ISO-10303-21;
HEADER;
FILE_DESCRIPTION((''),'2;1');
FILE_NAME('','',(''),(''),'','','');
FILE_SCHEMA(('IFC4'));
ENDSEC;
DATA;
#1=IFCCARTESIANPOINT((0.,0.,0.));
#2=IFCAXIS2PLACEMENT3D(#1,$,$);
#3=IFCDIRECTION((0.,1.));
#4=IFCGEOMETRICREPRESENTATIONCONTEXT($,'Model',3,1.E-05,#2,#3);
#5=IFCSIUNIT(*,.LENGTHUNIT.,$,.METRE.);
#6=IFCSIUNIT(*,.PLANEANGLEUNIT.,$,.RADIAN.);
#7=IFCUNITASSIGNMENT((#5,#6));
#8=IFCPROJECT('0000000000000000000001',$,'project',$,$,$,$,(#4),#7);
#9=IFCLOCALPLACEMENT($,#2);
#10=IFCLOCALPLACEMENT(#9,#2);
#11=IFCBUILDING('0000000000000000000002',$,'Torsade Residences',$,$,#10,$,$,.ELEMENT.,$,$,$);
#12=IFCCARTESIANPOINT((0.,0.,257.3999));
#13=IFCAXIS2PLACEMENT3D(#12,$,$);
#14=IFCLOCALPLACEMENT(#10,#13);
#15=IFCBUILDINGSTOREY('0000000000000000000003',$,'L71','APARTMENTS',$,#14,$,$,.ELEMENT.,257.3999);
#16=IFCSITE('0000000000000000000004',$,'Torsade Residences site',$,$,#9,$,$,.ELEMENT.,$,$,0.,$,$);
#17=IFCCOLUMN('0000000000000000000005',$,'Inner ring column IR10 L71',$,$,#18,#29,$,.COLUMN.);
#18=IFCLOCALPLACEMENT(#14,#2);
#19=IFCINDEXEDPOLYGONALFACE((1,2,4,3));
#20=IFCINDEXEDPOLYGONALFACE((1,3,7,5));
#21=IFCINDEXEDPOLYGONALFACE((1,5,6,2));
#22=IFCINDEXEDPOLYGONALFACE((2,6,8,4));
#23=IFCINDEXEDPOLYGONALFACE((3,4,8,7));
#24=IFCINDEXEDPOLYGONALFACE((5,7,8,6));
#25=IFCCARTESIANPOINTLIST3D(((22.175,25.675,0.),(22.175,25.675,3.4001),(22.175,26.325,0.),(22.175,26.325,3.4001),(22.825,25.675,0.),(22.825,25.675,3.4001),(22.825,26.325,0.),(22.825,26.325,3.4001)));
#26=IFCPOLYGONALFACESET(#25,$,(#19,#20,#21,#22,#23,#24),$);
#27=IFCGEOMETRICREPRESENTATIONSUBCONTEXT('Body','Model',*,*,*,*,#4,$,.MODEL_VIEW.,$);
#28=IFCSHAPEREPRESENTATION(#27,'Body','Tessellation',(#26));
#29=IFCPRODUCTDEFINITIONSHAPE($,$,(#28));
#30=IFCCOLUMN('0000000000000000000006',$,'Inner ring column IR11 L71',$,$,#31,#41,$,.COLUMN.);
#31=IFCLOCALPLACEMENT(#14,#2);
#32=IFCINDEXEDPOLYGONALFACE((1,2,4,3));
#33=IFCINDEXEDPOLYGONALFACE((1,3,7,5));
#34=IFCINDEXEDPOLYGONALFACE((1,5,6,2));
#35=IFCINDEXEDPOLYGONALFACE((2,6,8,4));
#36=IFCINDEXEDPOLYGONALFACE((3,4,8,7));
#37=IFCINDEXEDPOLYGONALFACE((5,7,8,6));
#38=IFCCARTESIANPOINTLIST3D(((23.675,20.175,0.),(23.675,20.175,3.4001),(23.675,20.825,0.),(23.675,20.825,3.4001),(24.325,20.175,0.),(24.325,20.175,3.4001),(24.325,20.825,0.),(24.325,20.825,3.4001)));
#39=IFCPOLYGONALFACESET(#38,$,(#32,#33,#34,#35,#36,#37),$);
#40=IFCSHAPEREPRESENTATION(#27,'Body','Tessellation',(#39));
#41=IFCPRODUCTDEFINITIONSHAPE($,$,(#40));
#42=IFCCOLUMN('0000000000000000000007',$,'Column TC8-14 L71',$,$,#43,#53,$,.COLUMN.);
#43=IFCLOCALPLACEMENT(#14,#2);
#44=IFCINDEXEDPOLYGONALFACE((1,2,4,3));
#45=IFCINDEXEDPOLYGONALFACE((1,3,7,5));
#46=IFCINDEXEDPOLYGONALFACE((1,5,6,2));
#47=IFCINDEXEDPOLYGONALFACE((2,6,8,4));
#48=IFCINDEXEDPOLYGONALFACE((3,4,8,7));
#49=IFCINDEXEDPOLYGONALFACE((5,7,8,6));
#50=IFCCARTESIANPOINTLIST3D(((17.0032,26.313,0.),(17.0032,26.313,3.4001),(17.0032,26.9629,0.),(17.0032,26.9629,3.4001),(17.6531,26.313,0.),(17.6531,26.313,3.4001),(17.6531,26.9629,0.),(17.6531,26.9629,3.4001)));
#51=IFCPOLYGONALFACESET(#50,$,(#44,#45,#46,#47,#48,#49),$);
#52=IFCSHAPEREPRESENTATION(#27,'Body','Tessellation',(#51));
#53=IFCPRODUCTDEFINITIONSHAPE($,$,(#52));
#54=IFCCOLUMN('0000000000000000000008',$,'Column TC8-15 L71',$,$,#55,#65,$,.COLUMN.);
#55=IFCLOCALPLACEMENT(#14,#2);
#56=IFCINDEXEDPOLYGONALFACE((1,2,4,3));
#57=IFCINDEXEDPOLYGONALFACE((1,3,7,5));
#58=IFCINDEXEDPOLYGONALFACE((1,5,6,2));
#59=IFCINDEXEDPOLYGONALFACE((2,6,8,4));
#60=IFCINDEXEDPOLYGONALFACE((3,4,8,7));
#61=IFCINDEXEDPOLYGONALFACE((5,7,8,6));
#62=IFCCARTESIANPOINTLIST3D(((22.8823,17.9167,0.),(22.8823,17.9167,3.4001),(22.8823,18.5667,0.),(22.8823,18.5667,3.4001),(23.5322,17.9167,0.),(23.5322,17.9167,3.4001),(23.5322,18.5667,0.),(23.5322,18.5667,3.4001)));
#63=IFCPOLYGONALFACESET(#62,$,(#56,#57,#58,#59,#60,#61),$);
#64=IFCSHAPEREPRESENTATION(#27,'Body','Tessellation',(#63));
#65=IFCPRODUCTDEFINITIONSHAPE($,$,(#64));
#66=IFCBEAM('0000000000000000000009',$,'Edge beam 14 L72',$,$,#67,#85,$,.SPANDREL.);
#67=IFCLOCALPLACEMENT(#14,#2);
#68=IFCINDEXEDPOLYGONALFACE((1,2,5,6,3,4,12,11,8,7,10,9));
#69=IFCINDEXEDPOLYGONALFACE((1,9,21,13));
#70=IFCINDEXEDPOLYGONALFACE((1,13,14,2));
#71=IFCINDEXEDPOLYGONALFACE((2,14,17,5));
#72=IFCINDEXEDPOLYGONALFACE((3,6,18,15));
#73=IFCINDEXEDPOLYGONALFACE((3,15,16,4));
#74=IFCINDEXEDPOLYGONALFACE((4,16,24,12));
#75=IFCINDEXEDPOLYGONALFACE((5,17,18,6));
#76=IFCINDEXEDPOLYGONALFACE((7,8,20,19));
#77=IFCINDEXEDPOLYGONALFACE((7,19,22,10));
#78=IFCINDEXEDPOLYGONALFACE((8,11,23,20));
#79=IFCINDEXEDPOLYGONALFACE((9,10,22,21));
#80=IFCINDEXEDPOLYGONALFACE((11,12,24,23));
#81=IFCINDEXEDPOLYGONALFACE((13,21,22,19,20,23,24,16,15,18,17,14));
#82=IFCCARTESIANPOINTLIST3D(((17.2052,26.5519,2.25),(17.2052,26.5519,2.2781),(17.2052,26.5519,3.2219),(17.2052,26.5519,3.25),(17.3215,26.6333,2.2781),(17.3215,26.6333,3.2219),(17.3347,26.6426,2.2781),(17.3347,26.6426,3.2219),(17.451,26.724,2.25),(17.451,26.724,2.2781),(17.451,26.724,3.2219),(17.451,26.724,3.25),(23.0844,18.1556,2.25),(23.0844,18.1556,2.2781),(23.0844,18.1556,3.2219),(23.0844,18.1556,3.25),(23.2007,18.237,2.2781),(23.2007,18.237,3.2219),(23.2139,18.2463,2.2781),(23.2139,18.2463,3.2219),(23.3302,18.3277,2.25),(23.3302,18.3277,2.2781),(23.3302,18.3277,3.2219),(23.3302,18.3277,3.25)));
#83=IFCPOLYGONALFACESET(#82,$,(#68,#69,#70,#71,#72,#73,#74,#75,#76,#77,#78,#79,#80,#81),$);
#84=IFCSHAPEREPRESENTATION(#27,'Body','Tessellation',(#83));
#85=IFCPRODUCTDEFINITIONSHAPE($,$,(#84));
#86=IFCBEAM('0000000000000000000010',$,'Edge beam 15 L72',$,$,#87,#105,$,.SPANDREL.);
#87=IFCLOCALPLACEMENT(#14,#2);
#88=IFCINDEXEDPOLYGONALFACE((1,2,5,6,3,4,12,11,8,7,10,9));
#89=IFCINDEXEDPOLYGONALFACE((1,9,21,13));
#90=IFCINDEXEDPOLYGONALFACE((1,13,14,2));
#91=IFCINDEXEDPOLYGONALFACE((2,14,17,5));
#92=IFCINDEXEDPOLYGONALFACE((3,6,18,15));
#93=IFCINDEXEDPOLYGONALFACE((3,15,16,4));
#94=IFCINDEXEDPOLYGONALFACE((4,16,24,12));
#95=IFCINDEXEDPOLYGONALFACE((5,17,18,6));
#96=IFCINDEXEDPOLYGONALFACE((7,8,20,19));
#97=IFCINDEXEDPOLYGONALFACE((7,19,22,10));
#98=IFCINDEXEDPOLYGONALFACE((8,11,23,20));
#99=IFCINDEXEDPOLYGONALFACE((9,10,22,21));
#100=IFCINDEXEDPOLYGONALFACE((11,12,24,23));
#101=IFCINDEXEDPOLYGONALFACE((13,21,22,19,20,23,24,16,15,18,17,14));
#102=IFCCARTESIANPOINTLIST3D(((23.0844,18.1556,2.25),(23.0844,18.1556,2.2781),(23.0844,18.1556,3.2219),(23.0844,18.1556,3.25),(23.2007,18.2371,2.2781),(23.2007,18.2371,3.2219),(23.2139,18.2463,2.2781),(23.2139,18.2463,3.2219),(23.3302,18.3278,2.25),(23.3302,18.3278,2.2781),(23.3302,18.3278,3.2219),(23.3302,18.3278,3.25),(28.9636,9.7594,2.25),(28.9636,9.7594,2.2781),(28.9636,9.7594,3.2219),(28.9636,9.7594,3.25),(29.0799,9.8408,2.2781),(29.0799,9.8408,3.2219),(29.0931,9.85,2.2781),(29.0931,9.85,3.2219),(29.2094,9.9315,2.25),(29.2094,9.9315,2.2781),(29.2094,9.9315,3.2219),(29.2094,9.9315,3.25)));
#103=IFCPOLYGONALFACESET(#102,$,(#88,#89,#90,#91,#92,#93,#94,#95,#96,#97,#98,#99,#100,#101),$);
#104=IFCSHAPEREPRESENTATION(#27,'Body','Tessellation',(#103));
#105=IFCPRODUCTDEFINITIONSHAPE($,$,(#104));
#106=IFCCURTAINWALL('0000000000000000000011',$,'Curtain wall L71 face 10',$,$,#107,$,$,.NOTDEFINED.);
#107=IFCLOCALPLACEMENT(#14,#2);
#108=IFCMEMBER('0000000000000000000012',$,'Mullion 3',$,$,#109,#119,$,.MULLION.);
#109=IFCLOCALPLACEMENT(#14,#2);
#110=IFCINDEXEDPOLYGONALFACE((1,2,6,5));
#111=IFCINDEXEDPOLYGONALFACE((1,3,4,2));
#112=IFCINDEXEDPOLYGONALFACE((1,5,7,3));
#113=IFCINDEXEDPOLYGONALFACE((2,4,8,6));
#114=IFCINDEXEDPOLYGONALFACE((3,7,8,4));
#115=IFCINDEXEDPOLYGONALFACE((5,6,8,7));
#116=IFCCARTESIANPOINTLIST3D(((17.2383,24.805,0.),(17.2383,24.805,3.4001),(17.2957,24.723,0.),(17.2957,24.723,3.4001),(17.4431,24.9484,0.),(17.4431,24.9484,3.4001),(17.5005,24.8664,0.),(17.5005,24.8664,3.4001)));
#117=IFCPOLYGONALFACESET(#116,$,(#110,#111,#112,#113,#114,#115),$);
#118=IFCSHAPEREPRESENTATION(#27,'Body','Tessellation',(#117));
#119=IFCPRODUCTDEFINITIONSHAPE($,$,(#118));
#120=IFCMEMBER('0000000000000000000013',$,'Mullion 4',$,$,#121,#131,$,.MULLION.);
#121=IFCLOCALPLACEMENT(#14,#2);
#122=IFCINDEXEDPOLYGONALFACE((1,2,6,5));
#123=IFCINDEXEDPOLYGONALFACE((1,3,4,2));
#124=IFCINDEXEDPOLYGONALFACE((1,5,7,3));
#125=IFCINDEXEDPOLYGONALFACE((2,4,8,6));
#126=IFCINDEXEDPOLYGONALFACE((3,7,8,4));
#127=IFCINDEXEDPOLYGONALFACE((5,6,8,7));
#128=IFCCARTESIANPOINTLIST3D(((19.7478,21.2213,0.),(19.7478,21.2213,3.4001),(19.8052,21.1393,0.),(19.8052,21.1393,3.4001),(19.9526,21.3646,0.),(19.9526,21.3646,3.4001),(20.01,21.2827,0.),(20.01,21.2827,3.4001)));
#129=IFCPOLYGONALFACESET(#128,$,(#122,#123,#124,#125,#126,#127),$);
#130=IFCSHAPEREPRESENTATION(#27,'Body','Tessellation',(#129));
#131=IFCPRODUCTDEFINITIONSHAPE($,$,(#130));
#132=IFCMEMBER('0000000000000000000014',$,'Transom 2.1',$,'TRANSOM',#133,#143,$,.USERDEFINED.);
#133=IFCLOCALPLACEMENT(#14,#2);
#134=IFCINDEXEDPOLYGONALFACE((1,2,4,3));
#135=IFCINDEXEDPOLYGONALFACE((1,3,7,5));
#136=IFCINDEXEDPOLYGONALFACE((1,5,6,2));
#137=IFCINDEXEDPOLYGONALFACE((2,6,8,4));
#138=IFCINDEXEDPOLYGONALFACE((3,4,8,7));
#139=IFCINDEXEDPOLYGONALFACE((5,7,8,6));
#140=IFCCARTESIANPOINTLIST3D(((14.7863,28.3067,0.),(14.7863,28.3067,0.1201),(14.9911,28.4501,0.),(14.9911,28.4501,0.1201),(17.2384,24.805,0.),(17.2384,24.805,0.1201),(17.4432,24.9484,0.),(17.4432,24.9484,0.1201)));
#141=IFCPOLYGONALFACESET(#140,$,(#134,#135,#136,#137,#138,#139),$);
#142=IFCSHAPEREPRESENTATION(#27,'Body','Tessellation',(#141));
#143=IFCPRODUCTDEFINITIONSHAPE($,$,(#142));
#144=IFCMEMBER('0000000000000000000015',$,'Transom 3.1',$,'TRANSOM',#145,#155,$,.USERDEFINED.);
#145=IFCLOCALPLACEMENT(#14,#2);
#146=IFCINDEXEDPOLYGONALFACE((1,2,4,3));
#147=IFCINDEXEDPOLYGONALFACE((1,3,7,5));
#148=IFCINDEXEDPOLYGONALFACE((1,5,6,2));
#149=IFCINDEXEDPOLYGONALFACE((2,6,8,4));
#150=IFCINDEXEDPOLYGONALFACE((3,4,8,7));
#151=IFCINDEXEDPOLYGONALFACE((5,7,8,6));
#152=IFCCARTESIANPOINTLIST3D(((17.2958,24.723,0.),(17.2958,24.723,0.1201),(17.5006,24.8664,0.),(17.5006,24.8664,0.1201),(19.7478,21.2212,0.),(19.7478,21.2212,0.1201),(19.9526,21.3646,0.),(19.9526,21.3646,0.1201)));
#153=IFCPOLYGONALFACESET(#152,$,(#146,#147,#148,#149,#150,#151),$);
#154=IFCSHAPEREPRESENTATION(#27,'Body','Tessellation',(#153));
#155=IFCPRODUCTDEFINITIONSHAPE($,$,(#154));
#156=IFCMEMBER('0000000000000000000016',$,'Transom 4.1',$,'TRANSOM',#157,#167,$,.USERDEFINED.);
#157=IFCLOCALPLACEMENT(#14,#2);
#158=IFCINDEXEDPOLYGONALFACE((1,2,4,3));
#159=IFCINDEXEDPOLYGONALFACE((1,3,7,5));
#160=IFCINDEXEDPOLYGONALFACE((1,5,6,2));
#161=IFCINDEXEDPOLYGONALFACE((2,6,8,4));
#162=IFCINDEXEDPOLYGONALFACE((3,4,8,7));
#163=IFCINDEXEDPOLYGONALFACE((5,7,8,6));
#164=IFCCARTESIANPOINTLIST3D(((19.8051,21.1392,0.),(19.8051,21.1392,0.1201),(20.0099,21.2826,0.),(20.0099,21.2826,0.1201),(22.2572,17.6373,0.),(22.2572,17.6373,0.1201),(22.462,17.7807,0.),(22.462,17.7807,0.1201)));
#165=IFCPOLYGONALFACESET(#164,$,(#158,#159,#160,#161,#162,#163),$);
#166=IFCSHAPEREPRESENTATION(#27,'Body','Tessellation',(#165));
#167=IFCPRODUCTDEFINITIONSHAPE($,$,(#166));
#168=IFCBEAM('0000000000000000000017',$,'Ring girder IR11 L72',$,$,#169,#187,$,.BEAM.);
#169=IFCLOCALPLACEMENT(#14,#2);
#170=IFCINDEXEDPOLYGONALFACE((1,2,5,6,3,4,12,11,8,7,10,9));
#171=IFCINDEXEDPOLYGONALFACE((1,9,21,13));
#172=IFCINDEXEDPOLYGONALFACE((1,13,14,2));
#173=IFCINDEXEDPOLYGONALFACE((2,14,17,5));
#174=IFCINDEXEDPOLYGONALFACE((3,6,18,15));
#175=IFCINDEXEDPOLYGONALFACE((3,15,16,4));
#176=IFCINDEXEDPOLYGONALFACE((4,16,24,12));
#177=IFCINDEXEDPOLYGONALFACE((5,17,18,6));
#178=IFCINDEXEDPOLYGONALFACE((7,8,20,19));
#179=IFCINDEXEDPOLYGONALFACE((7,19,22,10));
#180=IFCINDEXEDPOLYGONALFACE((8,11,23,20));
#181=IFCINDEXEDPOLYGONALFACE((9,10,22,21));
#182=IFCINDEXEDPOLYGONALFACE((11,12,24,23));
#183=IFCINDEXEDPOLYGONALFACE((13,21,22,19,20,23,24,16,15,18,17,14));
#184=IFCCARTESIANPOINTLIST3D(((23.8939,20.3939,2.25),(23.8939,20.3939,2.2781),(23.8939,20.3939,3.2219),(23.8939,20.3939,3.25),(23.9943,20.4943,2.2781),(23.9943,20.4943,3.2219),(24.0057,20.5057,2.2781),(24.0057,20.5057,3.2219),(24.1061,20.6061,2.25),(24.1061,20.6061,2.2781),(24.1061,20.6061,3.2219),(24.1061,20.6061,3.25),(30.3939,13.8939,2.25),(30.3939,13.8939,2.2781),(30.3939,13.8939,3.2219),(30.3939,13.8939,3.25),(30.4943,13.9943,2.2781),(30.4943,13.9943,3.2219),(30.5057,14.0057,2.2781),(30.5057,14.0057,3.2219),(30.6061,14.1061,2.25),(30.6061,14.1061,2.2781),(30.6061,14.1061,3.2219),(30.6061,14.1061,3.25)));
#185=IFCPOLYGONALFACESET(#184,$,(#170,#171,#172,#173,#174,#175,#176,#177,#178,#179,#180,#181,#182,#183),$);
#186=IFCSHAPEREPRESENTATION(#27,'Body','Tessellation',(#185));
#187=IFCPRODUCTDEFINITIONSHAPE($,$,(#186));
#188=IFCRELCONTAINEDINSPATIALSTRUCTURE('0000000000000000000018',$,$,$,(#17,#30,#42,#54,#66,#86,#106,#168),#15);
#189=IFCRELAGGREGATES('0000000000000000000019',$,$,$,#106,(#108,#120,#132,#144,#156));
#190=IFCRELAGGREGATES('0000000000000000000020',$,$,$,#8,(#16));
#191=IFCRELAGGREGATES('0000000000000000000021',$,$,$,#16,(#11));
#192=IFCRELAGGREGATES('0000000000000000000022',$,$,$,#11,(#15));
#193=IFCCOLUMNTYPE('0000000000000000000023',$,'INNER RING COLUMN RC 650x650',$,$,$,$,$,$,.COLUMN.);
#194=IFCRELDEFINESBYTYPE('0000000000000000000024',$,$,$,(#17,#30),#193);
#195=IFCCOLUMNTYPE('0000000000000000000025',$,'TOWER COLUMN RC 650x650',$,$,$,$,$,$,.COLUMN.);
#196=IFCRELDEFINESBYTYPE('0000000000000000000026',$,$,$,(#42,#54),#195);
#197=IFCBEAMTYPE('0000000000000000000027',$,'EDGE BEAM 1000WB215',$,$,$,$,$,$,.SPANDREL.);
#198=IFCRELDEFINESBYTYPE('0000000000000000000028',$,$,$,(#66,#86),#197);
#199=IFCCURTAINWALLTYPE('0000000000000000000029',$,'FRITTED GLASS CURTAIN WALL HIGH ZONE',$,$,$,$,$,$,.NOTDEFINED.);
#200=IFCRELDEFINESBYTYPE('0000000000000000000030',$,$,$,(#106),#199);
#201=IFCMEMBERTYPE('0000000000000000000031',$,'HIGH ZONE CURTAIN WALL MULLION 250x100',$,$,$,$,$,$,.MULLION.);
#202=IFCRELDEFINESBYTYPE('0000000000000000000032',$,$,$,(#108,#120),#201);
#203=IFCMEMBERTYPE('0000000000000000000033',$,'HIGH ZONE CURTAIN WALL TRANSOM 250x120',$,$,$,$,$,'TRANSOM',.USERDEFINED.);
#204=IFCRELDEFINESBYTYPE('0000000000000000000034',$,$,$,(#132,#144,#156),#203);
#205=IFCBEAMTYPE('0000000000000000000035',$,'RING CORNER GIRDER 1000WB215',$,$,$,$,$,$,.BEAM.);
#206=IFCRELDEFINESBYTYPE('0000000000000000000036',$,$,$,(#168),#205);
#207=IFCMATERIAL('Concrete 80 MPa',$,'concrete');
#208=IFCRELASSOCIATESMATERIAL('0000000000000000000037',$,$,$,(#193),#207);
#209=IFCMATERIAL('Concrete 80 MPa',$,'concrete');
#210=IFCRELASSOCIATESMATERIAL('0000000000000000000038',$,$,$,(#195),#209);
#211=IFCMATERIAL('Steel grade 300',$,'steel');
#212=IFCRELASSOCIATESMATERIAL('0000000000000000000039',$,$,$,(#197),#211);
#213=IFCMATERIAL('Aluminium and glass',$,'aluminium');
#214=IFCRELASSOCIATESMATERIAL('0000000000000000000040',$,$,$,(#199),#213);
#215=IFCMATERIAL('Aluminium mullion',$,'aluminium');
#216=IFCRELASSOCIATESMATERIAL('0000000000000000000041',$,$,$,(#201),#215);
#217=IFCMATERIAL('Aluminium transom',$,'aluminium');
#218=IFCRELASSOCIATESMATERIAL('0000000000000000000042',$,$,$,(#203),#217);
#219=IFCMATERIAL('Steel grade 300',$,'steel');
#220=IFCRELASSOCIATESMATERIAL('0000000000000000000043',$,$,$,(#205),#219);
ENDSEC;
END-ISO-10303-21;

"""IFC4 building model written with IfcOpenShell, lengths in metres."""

from ifc_helpers import new_model, si_unit, direction, frame, origin, origin_2d, place, context, subcontext, project, spatial, rectangle, i_section, extrude, material, material_profile, profile_set, type_object, element, aggregate, save


model = new_model("IFC4")

# Units and contexts
model_context = context("Model", 3, precision=1e-05, world=origin(), true_north=direction((0.0, 1.0)))
body_context = subcontext(model_context, "Body", "Model", "MODEL_VIEW")
ifc_project = project(units=[si_unit("LENGTHUNIT", "METRE"), si_unit("PLANEANGLEUNIT", "RADIAN")], contexts=[model_context])

# Site, building, storey
site_placement = place(None, origin())
site = spatial("IfcSite", under=ifc_project, at=site_placement, Name="Torsade Residences site", CompositionType="ELEMENT", RefElevation=0.0)
building_placement = place(site_placement, origin())
building = spatial("IfcBuilding", under=site, at=building_placement, Name="Torsade Residences", CompositionType="ELEMENT")
storey_placement = place(building_placement, frame((0.0, 0.0, 257.3999)))
storey = spatial("IfcBuildingStorey", under=building, at=storey_placement, Name="L71", Description="APARTMENTS", CompositionType="ELEMENT", Elevation=257.3999)

# Columns
ifc_material_1 = material(Name="Concrete 80 MPa", Category="concrete")
ifc_material_profile_1 = material_profile(ifc_material_1, rectangle(XDim=0.6499, YDim=0.6499, at=origin_2d()), Name="RC 650x650")
ifc_profile_set_1 = profile_set([ifc_material_profile_1], Name="Concrete 80 MPa")
column_type_1 = type_object("IfcColumnType", Name="INNER RING COLUMN RC 650x650", PredefinedType="COLUMN", material=ifc_profile_set_1)
for number, where, z_axis, x_axis, name in (
    (1, (22.5, 26.0, 0.0), (0.0, 0.0, 1.0), (1.0, 0.0, 0.0), "Inner ring column IR10 L71"),
    (2, (24.0, 20.5, 0.0), (0.0, 0.0, 1.0), (1.0, 0.0, 0.0), "Inner ring column IR11 L71"),
):
    element("IfcColumn", number, at=place(storey_placement, frame(where, z_axis=z_axis, x_axis=x_axis)), inside=storey, type_object=column_type_1, Name=name, PredefinedType="COLUMN", context=body_context, shape_type="SweptSolid", body=[
        extrude(rectangle(XDim=0.6499, YDim=0.6499, at=origin_2d()), origin(), (0.0, 0.0, 1.0), 3.4001),
    ])
ifc_material_2 = material(Name="Concrete 80 MPa", Category="concrete")
ifc_material_profile_2 = material_profile(ifc_material_2, rectangle(XDim=0.6499, YDim=0.6499, at=origin_2d()), Name="RC 650x650")
ifc_profile_set_2 = profile_set([ifc_material_profile_2], Name="Concrete 80 MPa")
column_type_2 = type_object("IfcColumnType", Name="TOWER COLUMN RC 650x650", PredefinedType="COLUMN", material=ifc_profile_set_2)
for number, where, z_axis, x_axis, name in (
    (3, (17.3281, 26.6379, 0.0), (0.0, 0.0, 1.0), (1.0, 0.0, 0.0), "Column TC8-14 L71"),
    (4, (23.2073, 18.2417, 0.0), (0.0, 0.0, 1.0), (1.0, 0.0, 0.0), "Column TC8-15 L71"),
):
    element("IfcColumn", number, at=place(storey_placement, frame(where, z_axis=z_axis, x_axis=x_axis)), inside=storey, type_object=column_type_2, Name=name, PredefinedType="COLUMN", context=body_context, shape_type="SweptSolid", body=[
        extrude(rectangle(XDim=0.6499, YDim=0.6499, at=origin_2d()), origin(), (0.0, 0.0, 1.0), 3.4001),
    ])

# Beams
ifc_material_3 = material(Name="Steel grade 300", Category="steel")
ifc_material_profile_3 = material_profile(ifc_material_3, i_section(OverallWidth=0.3, OverallDepth=1.0, WebThickness=0.0161, FlangeThickness=0.0281, at=origin_2d()), Name="1000WB215")
ifc_profile_set_3 = profile_set([ifc_material_profile_3], Name="Steel grade 300")
beam_type_1 = type_object("IfcBeamType", Name="EDGE BEAM 1000WB215", PredefinedType="SPANDREL", material=ifc_profile_set_3)
for number, where, z_axis, x_axis, name in (
    (5, (17.3281, 26.6379, 2.75), (0.573579, -0.81915, 0.0), (0.81915, 0.573579, 0.0), "Edge beam 14 L72"),
    (6, (23.2073, 18.2417, 2.75), (0.573579, -0.81915, 0.0), (0.81915, 0.573579, 0.0), "Edge beam 15 L72"),
):
    element("IfcBeam", number, at=place(storey_placement, frame(where, z_axis=z_axis, x_axis=x_axis)), inside=storey, type_object=beam_type_1, Name=name, PredefinedType="SPANDREL", context=body_context, shape_type="SweptSolid", body=[
        extrude(i_section(OverallWidth=0.3, OverallDepth=1.0, WebThickness=0.0161, FlangeThickness=0.0281, at=origin_2d()), origin(), (0.0, 0.0, 1.0), 10.25),
    ])

# Curtain wall, members
ifc_material_4 = material(Name="Aluminium and glass", Category="aluminium")
curtain_wall_type = type_object("IfcCurtainWallType", Name="FRITTED GLASS CURTAIN WALL HIGH ZONE", PredefinedType="NOTDEFINED", material=ifc_material_4)
curtain_wall_placement = place(storey_placement, origin())
curtain_wall = element("IfcCurtainWall", 7, at=curtain_wall_placement, inside=storey, type_object=curtain_wall_type, Name="Curtain wall L71 face 10", PredefinedType="NOTDEFINED")
ifc_material_5 = material(Name="Aluminium mullion", Category="aluminium")
ifc_material_profile_4 = material_profile(ifc_material_5, rectangle(XDim=0.25, YDim=0.1001, at=origin_2d()), Name="HIGH ZONE CURTAIN WALL MULLION 250x100")
ifc_profile_set_4 = profile_set([ifc_material_profile_4], Name="Aluminium mullion")
member_type_1 = type_object("IfcMemberType", Name="HIGH ZONE CURTAIN WALL MULLION 250x100", PredefinedType="MULLION", material=ifc_profile_set_4)
member_1_placement = place(storey_placement, frame((17.3694, 24.8357, 0.0), z_axis=(0.0, 0.0, 1.0), x_axis=(0.819152, 0.573576, 0.0)))
member_1 = element("IfcMember", 8, at=member_1_placement, type_object=member_type_1, Name="Mullion 3", PredefinedType="MULLION", context=body_context, shape_type="SweptSolid", body=[
    extrude(rectangle(XDim=0.25, YDim=0.1001, at=origin_2d()), origin(), (0.0, 0.0, 1.0), 3.4001),
])
member_2_placement = place(storey_placement, frame((19.8789, 21.252, 0.0), z_axis=(0.0, 0.0, 1.0), x_axis=(0.819152, 0.573576, 0.0)))
member_2 = element("IfcMember", 9, at=member_2_placement, type_object=member_type_1, Name="Mullion 4", PredefinedType="MULLION", context=body_context, shape_type="SweptSolid", body=[
    extrude(rectangle(XDim=0.25, YDim=0.1001, at=origin_2d()), origin(), (0.0, 0.0, 1.0), 3.4001),
])
ifc_material_6 = material(Name="Aluminium transom", Category="aluminium")
ifc_material_profile_5 = material_profile(ifc_material_6, rectangle(XDim=0.25, YDim=0.1201, at=origin_2d()), Name="HIGH ZONE CURTAIN WALL TRANSOM 250x120")
ifc_profile_set_5 = profile_set([ifc_material_profile_5], Name="Aluminium transom")
member_type_2 = type_object("IfcMemberType", Name="HIGH ZONE CURTAIN WALL TRANSOM 250x120", ElementType="TRANSOM", PredefinedType="USERDEFINED", material=ifc_profile_set_5)
member_3_placement = place(storey_placement, frame((14.8887, 28.3784, 0.0601), z_axis=(0.573612, -0.819127, 0.0), x_axis=(0.819127, 0.573612, 0.0)))
member_3 = element("IfcMember", 10, at=member_3_placement, type_object=member_type_2, Name="Transom 2.1", ObjectType="TRANSOM", PredefinedType="USERDEFINED", context=body_context, shape_type="SweptSolid", body=[
    extrude(rectangle(XDim=0.25, YDim=0.1201, at=origin_2d()), origin(), (0.0, 0.0, 1.0), 4.2749),
])
member_4_placement = place(storey_placement, frame((17.3982, 24.7947, 0.0601), z_axis=(0.573573, -0.819154, 0.0), x_axis=(0.819154, 0.573573, 0.0)))
member_4 = element("IfcMember", 11, at=member_4_placement, type_object=member_type_2, Name="Transom 3.1", ObjectType="TRANSOM", PredefinedType="USERDEFINED", context=body_context, shape_type="SweptSolid", body=[
    extrude(rectangle(XDim=0.25, YDim=0.1201, at=origin_2d()), origin(), (0.0, 0.0, 1.0), 4.2749),
])
member_5_placement = place(storey_placement, frame((19.9075, 21.2109, 0.0601), z_axis=(0.573585, -0.819146, 0.0), x_axis=(0.819146, 0.573585, 0.0)))
member_5 = element("IfcMember", 12, at=member_5_placement, type_object=member_type_2, Name="Transom 4.1", ObjectType="TRANSOM", PredefinedType="USERDEFINED", context=body_context, shape_type="SweptSolid", body=[
    extrude(rectangle(XDim=0.25, YDim=0.1201, at=origin_2d()), origin(), (0.0, 0.0, 1.0), 4.2751),
])

# Beam
ifc_material_7 = material(Name="Steel grade 300", Category="steel")
ifc_material_profile_6 = material_profile(ifc_material_7, i_section(OverallWidth=0.3, OverallDepth=1.0, WebThickness=0.0161, FlangeThickness=0.0281, at=origin_2d()), Name="1000WB215")
ifc_profile_set_6 = profile_set([ifc_material_profile_6], Name="Steel grade 300")
beam_type_2 = type_object("IfcBeamType", Name="RING CORNER GIRDER 1000WB215", PredefinedType="BEAM", material=ifc_profile_set_6)
beam_1_placement = place(storey_placement, frame((24.0, 20.5, 2.75), z_axis=(0.707107, -0.707107, 0.0), x_axis=(0.707107, 0.707107, 0.0)))
element("IfcBeam", 13, at=beam_1_placement, inside=storey, type_object=beam_type_2, Name="Ring girder IR11 L72", PredefinedType="BEAM", context=body_context, shape_type="SweptSolid", body=[
    extrude(i_section(OverallWidth=0.3, OverallDepth=1.0, WebThickness=0.0161, FlangeThickness=0.0281, at=origin_2d()), origin(), (0.0, 0.0, 1.0), 9.1924),
])

aggregate(curtain_wall, [member_1, member_2, member_3, member_4, member_5])

save(model, "model.ifc")
